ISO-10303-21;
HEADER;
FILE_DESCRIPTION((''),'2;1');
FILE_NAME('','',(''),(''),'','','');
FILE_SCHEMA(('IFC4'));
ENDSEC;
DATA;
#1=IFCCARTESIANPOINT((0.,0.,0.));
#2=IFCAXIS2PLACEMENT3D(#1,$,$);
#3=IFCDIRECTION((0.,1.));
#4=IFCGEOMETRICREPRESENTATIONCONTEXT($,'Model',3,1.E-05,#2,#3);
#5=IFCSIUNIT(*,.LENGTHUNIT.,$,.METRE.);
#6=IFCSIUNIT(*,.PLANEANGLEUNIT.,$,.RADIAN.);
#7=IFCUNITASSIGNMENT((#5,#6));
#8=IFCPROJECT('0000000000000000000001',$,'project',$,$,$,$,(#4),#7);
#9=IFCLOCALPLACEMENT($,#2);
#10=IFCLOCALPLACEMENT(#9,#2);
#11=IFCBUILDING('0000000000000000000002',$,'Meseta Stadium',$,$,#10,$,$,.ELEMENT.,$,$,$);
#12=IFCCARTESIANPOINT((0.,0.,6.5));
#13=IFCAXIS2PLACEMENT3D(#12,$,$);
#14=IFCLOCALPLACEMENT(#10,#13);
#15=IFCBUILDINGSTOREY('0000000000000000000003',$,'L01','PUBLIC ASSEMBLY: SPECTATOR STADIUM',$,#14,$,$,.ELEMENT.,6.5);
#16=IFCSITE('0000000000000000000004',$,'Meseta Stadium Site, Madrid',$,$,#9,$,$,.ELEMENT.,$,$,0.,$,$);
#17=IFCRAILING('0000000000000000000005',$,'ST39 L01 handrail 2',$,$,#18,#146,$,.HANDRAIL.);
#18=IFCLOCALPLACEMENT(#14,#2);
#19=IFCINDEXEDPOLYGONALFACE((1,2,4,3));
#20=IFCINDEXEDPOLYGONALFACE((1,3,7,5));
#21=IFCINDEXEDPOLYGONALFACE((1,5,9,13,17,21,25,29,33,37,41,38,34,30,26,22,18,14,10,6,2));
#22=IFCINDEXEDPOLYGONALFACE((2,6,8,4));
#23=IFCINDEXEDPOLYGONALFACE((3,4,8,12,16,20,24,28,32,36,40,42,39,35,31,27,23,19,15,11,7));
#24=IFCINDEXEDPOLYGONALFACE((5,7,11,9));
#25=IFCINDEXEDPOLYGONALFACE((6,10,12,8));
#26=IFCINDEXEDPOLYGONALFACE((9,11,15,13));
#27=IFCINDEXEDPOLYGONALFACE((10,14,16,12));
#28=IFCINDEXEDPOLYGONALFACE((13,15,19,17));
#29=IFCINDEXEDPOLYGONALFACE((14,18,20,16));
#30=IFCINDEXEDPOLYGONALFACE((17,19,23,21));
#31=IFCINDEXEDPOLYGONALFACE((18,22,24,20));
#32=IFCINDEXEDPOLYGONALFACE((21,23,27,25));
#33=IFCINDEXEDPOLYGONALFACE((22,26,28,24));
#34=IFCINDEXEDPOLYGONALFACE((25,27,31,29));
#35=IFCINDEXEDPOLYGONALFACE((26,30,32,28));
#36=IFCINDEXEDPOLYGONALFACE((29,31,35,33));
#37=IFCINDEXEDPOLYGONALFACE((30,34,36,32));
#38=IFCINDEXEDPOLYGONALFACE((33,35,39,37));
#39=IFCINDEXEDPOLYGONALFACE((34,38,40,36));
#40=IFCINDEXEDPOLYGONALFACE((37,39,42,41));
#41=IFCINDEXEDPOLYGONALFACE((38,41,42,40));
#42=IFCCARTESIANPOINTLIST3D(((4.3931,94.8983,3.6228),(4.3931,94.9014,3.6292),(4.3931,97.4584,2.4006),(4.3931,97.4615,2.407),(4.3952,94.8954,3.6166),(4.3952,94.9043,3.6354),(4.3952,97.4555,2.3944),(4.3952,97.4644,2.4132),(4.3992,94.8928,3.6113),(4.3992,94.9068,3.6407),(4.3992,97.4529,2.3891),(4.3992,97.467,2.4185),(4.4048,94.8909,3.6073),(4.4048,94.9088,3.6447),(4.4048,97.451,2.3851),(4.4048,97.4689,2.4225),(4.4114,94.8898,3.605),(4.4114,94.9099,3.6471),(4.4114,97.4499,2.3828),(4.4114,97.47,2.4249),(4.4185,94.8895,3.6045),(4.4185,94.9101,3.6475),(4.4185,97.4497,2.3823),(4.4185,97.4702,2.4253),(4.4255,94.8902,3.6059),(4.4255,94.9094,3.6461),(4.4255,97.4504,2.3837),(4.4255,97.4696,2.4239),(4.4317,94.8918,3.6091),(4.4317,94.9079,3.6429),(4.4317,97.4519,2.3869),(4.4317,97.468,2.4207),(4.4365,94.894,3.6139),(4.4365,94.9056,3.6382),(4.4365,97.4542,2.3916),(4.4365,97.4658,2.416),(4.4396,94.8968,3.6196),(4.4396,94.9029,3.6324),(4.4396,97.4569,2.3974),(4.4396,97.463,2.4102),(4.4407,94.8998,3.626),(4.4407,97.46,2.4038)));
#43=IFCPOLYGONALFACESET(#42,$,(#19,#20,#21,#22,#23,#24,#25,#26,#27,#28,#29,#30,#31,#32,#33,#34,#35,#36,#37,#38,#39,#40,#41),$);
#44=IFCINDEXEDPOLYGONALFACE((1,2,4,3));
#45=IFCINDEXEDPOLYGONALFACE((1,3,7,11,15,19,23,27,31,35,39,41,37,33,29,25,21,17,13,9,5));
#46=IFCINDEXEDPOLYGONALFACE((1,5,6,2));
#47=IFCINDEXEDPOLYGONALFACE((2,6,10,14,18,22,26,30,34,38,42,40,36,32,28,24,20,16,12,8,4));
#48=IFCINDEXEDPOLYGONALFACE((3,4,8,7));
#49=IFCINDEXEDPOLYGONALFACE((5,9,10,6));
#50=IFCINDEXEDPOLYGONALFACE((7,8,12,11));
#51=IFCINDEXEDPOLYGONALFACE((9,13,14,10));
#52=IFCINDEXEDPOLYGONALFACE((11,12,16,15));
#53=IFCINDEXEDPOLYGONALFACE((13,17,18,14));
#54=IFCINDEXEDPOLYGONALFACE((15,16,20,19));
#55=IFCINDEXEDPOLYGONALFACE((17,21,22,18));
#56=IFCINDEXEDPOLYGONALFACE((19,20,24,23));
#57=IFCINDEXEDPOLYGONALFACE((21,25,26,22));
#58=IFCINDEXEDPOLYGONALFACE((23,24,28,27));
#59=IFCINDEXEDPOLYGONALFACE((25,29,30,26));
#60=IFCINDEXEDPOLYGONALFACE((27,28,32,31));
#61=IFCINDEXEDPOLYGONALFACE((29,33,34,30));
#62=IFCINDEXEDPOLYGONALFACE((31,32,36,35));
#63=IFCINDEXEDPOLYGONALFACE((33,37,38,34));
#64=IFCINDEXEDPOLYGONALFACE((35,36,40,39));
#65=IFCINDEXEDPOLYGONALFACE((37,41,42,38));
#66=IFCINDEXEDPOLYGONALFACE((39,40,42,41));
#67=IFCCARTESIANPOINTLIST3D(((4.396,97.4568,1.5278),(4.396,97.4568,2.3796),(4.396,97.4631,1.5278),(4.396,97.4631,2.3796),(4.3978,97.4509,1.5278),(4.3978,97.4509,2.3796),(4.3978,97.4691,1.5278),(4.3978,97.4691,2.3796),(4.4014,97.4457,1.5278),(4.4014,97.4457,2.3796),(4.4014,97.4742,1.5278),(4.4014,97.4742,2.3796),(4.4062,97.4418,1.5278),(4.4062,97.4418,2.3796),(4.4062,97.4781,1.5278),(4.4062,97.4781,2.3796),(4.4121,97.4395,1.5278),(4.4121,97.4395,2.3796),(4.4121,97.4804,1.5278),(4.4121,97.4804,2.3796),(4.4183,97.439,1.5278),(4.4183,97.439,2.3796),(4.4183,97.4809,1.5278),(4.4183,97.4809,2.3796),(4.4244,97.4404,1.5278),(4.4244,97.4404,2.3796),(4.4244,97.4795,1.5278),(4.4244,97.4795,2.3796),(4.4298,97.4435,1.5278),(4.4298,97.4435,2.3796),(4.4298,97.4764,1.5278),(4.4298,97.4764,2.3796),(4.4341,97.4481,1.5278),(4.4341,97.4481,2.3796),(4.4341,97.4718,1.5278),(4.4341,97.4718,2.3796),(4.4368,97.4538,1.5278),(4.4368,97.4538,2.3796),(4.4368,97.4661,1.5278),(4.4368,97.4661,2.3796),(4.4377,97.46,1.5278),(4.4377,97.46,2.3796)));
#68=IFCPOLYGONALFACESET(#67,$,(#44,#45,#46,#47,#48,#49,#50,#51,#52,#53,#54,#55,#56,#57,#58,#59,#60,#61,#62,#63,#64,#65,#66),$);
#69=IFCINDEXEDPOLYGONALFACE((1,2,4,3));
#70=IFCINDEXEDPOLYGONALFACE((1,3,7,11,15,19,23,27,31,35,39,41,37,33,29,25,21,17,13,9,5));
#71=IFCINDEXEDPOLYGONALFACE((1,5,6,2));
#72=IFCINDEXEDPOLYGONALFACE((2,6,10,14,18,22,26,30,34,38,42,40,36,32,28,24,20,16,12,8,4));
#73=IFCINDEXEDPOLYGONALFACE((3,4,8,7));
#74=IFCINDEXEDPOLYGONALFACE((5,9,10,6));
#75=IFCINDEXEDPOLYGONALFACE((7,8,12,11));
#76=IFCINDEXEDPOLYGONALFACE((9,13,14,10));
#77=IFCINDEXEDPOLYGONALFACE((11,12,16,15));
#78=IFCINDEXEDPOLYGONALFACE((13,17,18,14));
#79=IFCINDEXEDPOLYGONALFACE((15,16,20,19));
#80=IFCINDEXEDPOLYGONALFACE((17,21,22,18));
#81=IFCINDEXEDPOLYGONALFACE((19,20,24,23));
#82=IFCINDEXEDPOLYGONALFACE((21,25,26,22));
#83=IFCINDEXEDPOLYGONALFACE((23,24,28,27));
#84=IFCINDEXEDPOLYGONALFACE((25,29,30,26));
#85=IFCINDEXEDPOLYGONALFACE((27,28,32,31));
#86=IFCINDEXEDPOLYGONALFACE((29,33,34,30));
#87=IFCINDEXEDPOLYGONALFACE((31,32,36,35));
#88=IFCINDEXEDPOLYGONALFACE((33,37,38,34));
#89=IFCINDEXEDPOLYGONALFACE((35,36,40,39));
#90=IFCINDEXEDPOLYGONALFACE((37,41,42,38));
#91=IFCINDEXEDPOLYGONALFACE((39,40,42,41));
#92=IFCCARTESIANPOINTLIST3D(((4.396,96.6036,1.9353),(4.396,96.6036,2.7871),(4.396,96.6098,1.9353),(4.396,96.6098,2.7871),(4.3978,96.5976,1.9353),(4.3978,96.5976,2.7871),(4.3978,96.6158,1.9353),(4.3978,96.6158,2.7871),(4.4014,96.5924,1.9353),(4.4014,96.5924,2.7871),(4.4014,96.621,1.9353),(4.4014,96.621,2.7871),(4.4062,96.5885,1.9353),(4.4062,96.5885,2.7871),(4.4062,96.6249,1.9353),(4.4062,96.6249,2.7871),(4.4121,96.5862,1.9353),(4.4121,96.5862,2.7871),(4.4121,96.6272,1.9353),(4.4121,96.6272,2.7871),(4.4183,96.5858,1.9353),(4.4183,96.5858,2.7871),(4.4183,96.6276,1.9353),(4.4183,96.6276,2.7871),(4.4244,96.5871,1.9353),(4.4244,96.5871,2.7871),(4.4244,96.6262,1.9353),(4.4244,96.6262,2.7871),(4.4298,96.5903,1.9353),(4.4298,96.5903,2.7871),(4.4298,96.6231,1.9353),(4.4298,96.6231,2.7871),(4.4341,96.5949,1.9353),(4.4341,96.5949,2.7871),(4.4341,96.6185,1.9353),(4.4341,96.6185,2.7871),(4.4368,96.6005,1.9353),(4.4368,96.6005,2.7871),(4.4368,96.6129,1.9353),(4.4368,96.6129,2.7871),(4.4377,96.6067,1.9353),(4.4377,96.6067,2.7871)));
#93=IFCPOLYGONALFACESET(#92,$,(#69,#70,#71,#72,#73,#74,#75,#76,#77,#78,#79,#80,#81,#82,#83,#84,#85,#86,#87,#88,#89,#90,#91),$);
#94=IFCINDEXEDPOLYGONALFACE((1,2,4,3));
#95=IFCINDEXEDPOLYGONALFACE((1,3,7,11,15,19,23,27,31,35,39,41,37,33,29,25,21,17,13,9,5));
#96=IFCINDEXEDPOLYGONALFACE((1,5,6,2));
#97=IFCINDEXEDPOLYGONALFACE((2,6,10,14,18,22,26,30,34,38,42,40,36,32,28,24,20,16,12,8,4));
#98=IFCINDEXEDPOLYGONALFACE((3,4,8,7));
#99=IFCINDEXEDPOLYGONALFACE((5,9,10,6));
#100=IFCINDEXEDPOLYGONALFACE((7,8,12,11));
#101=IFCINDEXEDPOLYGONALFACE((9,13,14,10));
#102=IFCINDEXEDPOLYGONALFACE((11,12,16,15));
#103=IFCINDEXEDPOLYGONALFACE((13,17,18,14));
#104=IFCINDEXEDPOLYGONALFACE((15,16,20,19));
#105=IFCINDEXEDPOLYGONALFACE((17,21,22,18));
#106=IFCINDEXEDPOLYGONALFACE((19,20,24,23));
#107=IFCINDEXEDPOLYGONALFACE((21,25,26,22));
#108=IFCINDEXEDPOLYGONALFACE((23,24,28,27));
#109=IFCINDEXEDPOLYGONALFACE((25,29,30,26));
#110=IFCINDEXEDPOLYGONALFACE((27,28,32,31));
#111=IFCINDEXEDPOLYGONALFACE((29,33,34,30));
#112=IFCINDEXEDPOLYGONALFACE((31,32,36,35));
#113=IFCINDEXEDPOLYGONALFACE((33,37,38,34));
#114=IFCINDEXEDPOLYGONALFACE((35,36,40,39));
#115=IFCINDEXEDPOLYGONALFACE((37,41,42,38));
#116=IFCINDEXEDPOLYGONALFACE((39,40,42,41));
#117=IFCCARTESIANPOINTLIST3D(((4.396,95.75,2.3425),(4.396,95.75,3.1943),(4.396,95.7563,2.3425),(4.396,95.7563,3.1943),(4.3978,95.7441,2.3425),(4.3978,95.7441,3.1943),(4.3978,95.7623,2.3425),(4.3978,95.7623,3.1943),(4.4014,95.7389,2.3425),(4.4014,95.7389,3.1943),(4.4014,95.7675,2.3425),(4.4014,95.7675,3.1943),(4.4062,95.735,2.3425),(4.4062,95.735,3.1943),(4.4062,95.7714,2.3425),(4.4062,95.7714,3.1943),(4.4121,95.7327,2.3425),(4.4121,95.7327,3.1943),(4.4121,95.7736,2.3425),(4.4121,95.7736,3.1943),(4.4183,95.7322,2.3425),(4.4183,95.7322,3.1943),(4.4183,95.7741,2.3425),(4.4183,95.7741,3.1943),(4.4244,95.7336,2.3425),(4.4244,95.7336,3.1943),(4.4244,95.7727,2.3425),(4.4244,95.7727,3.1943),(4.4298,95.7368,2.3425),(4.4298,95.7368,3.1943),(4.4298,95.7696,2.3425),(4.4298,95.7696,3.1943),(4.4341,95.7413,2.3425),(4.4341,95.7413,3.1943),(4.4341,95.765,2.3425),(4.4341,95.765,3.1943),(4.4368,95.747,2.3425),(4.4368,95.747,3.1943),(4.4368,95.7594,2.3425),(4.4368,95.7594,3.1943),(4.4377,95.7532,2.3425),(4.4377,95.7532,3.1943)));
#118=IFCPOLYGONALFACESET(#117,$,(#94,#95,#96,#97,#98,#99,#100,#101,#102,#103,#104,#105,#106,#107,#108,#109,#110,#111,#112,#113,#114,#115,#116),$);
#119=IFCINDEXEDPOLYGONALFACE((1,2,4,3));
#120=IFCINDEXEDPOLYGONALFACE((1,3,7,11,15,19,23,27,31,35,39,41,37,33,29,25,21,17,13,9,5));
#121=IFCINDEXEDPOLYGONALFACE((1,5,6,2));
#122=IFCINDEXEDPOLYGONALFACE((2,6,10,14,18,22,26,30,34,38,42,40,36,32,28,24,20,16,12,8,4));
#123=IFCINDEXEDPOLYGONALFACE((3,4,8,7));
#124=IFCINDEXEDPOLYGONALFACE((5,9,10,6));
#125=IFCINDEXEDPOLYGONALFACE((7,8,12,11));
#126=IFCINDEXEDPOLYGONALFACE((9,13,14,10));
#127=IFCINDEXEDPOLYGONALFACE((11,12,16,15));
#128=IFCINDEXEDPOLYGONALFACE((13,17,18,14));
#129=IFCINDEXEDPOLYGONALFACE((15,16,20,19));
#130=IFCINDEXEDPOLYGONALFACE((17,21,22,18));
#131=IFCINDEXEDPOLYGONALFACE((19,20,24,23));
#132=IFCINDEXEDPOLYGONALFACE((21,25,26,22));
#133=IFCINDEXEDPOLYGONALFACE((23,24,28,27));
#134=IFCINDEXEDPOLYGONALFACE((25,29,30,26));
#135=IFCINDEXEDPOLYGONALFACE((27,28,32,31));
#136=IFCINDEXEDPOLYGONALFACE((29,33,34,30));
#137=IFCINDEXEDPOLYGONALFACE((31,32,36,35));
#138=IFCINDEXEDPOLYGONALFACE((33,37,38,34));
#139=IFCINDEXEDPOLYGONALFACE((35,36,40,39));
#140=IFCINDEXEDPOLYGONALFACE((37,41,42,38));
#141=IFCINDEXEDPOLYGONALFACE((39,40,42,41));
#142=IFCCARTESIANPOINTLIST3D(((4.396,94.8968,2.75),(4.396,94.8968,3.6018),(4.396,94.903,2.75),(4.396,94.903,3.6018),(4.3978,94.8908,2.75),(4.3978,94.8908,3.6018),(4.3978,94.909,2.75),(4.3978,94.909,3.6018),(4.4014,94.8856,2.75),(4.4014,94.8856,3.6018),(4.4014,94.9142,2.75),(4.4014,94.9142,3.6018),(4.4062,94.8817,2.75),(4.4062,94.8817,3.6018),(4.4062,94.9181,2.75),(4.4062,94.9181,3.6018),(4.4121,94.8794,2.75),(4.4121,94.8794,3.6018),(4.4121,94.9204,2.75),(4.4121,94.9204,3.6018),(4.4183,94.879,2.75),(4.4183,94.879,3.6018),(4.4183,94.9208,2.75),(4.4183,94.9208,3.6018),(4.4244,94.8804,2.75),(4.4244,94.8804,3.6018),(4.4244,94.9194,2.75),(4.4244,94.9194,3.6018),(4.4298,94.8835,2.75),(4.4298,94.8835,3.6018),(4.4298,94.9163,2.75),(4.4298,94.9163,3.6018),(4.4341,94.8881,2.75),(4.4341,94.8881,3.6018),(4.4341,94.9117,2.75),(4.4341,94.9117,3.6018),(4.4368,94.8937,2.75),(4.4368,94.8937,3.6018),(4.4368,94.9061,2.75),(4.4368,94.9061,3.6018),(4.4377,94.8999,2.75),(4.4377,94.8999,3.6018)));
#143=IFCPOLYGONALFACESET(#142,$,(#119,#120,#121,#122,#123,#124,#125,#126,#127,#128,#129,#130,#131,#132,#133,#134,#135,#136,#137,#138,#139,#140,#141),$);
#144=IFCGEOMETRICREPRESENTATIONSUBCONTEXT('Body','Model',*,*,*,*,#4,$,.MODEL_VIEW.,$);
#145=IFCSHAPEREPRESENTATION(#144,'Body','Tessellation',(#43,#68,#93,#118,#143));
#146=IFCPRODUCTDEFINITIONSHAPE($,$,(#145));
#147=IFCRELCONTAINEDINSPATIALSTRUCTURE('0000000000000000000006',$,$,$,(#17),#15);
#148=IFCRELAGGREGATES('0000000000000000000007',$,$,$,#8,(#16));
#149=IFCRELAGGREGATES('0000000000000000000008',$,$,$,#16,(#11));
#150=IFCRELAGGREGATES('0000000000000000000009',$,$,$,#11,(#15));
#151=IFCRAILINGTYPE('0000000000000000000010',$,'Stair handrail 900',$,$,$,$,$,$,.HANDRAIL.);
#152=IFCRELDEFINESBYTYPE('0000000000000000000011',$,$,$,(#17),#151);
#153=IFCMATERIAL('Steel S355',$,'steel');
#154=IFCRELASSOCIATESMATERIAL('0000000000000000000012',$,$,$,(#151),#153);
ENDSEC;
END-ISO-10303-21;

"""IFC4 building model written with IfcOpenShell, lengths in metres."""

from ifc_helpers import new_model, si_unit, direction, frame, origin, origin_2d, place, context, subcontext, project, spatial, circle, extrude, material, type_object, element, save


model = new_model("IFC4")

# Units and contexts
model_context = context("Model", 3, precision=1e-05, world=origin(), true_north=direction((0.0, 1.0)))
body_context = subcontext(model_context, "Body", "Model", "MODEL_VIEW")
ifc_project = project(units=[si_unit("LENGTHUNIT", "METRE"), si_unit("PLANEANGLEUNIT", "RADIAN")], contexts=[model_context])

# Site, building, storey
site_placement = place(None, origin())
site = spatial("IfcSite", under=ifc_project, at=site_placement, Name="Meseta Stadium Site, Madrid", CompositionType="ELEMENT", RefElevation=0.0)
building_placement = place(site_placement, origin())
building = spatial("IfcBuilding", under=site, at=building_placement, Name="Meseta Stadium", CompositionType="ELEMENT")
storey_placement = place(building_placement, frame((0.0, 0.0, 6.5)))
storey = spatial("IfcBuildingStorey", under=building, at=storey_placement, Name="L01", Description="PUBLIC ASSEMBLY: SPECTATOR STADIUM", CompositionType="ELEMENT", Elevation=6.5)

# Railing
ifc_material_1 = material(Name="Steel S355", Category="steel")
railing_type_1 = type_object("IfcRailingType", Name="Stair handrail 900", PredefinedType="HANDRAIL", material=ifc_material_1)
railing_1_placement = place(storey_placement, frame((4.4167, 97.46, 1.5278)))
element("IfcRailing", 1, at=railing_1_placement, inside=storey, type_object=railing_type_1, Name="ST39 L01 handrail 2", PredefinedType="HANDRAIL", context=body_context, shape_type="SweptSolid", body=[
    extrude(circle(Radius=0.0239, at=origin_2d()), frame((0.0, 0.0, 0.876), z_axis=(0.0, -0.902437, 0.430822), x_axis=(1.0, 0.0, 0.0)), (0.0, 0.0, 1.0), 2.8369),
    extrude(circle(Radius=0.021, at=origin_2d()), origin(), (0.0, 0.0, 1.0), 0.8518),
    extrude(circle(Radius=0.021, at=origin_2d()), frame((0.0, -0.8533, 0.4075)), (0.0, 0.0, 1.0), 0.8518),
    extrude(circle(Radius=0.021, at=origin_2d()), frame((0.0, -1.7068, 0.8147)), (0.0, 0.0, 1.0), 0.8518),
    extrude(circle(Radius=0.021, at=origin_2d()), frame((0.0, -2.5601, 1.2222)), (0.0, 0.0, 1.0), 0.8518),
])

save(model, "model.ifc")
